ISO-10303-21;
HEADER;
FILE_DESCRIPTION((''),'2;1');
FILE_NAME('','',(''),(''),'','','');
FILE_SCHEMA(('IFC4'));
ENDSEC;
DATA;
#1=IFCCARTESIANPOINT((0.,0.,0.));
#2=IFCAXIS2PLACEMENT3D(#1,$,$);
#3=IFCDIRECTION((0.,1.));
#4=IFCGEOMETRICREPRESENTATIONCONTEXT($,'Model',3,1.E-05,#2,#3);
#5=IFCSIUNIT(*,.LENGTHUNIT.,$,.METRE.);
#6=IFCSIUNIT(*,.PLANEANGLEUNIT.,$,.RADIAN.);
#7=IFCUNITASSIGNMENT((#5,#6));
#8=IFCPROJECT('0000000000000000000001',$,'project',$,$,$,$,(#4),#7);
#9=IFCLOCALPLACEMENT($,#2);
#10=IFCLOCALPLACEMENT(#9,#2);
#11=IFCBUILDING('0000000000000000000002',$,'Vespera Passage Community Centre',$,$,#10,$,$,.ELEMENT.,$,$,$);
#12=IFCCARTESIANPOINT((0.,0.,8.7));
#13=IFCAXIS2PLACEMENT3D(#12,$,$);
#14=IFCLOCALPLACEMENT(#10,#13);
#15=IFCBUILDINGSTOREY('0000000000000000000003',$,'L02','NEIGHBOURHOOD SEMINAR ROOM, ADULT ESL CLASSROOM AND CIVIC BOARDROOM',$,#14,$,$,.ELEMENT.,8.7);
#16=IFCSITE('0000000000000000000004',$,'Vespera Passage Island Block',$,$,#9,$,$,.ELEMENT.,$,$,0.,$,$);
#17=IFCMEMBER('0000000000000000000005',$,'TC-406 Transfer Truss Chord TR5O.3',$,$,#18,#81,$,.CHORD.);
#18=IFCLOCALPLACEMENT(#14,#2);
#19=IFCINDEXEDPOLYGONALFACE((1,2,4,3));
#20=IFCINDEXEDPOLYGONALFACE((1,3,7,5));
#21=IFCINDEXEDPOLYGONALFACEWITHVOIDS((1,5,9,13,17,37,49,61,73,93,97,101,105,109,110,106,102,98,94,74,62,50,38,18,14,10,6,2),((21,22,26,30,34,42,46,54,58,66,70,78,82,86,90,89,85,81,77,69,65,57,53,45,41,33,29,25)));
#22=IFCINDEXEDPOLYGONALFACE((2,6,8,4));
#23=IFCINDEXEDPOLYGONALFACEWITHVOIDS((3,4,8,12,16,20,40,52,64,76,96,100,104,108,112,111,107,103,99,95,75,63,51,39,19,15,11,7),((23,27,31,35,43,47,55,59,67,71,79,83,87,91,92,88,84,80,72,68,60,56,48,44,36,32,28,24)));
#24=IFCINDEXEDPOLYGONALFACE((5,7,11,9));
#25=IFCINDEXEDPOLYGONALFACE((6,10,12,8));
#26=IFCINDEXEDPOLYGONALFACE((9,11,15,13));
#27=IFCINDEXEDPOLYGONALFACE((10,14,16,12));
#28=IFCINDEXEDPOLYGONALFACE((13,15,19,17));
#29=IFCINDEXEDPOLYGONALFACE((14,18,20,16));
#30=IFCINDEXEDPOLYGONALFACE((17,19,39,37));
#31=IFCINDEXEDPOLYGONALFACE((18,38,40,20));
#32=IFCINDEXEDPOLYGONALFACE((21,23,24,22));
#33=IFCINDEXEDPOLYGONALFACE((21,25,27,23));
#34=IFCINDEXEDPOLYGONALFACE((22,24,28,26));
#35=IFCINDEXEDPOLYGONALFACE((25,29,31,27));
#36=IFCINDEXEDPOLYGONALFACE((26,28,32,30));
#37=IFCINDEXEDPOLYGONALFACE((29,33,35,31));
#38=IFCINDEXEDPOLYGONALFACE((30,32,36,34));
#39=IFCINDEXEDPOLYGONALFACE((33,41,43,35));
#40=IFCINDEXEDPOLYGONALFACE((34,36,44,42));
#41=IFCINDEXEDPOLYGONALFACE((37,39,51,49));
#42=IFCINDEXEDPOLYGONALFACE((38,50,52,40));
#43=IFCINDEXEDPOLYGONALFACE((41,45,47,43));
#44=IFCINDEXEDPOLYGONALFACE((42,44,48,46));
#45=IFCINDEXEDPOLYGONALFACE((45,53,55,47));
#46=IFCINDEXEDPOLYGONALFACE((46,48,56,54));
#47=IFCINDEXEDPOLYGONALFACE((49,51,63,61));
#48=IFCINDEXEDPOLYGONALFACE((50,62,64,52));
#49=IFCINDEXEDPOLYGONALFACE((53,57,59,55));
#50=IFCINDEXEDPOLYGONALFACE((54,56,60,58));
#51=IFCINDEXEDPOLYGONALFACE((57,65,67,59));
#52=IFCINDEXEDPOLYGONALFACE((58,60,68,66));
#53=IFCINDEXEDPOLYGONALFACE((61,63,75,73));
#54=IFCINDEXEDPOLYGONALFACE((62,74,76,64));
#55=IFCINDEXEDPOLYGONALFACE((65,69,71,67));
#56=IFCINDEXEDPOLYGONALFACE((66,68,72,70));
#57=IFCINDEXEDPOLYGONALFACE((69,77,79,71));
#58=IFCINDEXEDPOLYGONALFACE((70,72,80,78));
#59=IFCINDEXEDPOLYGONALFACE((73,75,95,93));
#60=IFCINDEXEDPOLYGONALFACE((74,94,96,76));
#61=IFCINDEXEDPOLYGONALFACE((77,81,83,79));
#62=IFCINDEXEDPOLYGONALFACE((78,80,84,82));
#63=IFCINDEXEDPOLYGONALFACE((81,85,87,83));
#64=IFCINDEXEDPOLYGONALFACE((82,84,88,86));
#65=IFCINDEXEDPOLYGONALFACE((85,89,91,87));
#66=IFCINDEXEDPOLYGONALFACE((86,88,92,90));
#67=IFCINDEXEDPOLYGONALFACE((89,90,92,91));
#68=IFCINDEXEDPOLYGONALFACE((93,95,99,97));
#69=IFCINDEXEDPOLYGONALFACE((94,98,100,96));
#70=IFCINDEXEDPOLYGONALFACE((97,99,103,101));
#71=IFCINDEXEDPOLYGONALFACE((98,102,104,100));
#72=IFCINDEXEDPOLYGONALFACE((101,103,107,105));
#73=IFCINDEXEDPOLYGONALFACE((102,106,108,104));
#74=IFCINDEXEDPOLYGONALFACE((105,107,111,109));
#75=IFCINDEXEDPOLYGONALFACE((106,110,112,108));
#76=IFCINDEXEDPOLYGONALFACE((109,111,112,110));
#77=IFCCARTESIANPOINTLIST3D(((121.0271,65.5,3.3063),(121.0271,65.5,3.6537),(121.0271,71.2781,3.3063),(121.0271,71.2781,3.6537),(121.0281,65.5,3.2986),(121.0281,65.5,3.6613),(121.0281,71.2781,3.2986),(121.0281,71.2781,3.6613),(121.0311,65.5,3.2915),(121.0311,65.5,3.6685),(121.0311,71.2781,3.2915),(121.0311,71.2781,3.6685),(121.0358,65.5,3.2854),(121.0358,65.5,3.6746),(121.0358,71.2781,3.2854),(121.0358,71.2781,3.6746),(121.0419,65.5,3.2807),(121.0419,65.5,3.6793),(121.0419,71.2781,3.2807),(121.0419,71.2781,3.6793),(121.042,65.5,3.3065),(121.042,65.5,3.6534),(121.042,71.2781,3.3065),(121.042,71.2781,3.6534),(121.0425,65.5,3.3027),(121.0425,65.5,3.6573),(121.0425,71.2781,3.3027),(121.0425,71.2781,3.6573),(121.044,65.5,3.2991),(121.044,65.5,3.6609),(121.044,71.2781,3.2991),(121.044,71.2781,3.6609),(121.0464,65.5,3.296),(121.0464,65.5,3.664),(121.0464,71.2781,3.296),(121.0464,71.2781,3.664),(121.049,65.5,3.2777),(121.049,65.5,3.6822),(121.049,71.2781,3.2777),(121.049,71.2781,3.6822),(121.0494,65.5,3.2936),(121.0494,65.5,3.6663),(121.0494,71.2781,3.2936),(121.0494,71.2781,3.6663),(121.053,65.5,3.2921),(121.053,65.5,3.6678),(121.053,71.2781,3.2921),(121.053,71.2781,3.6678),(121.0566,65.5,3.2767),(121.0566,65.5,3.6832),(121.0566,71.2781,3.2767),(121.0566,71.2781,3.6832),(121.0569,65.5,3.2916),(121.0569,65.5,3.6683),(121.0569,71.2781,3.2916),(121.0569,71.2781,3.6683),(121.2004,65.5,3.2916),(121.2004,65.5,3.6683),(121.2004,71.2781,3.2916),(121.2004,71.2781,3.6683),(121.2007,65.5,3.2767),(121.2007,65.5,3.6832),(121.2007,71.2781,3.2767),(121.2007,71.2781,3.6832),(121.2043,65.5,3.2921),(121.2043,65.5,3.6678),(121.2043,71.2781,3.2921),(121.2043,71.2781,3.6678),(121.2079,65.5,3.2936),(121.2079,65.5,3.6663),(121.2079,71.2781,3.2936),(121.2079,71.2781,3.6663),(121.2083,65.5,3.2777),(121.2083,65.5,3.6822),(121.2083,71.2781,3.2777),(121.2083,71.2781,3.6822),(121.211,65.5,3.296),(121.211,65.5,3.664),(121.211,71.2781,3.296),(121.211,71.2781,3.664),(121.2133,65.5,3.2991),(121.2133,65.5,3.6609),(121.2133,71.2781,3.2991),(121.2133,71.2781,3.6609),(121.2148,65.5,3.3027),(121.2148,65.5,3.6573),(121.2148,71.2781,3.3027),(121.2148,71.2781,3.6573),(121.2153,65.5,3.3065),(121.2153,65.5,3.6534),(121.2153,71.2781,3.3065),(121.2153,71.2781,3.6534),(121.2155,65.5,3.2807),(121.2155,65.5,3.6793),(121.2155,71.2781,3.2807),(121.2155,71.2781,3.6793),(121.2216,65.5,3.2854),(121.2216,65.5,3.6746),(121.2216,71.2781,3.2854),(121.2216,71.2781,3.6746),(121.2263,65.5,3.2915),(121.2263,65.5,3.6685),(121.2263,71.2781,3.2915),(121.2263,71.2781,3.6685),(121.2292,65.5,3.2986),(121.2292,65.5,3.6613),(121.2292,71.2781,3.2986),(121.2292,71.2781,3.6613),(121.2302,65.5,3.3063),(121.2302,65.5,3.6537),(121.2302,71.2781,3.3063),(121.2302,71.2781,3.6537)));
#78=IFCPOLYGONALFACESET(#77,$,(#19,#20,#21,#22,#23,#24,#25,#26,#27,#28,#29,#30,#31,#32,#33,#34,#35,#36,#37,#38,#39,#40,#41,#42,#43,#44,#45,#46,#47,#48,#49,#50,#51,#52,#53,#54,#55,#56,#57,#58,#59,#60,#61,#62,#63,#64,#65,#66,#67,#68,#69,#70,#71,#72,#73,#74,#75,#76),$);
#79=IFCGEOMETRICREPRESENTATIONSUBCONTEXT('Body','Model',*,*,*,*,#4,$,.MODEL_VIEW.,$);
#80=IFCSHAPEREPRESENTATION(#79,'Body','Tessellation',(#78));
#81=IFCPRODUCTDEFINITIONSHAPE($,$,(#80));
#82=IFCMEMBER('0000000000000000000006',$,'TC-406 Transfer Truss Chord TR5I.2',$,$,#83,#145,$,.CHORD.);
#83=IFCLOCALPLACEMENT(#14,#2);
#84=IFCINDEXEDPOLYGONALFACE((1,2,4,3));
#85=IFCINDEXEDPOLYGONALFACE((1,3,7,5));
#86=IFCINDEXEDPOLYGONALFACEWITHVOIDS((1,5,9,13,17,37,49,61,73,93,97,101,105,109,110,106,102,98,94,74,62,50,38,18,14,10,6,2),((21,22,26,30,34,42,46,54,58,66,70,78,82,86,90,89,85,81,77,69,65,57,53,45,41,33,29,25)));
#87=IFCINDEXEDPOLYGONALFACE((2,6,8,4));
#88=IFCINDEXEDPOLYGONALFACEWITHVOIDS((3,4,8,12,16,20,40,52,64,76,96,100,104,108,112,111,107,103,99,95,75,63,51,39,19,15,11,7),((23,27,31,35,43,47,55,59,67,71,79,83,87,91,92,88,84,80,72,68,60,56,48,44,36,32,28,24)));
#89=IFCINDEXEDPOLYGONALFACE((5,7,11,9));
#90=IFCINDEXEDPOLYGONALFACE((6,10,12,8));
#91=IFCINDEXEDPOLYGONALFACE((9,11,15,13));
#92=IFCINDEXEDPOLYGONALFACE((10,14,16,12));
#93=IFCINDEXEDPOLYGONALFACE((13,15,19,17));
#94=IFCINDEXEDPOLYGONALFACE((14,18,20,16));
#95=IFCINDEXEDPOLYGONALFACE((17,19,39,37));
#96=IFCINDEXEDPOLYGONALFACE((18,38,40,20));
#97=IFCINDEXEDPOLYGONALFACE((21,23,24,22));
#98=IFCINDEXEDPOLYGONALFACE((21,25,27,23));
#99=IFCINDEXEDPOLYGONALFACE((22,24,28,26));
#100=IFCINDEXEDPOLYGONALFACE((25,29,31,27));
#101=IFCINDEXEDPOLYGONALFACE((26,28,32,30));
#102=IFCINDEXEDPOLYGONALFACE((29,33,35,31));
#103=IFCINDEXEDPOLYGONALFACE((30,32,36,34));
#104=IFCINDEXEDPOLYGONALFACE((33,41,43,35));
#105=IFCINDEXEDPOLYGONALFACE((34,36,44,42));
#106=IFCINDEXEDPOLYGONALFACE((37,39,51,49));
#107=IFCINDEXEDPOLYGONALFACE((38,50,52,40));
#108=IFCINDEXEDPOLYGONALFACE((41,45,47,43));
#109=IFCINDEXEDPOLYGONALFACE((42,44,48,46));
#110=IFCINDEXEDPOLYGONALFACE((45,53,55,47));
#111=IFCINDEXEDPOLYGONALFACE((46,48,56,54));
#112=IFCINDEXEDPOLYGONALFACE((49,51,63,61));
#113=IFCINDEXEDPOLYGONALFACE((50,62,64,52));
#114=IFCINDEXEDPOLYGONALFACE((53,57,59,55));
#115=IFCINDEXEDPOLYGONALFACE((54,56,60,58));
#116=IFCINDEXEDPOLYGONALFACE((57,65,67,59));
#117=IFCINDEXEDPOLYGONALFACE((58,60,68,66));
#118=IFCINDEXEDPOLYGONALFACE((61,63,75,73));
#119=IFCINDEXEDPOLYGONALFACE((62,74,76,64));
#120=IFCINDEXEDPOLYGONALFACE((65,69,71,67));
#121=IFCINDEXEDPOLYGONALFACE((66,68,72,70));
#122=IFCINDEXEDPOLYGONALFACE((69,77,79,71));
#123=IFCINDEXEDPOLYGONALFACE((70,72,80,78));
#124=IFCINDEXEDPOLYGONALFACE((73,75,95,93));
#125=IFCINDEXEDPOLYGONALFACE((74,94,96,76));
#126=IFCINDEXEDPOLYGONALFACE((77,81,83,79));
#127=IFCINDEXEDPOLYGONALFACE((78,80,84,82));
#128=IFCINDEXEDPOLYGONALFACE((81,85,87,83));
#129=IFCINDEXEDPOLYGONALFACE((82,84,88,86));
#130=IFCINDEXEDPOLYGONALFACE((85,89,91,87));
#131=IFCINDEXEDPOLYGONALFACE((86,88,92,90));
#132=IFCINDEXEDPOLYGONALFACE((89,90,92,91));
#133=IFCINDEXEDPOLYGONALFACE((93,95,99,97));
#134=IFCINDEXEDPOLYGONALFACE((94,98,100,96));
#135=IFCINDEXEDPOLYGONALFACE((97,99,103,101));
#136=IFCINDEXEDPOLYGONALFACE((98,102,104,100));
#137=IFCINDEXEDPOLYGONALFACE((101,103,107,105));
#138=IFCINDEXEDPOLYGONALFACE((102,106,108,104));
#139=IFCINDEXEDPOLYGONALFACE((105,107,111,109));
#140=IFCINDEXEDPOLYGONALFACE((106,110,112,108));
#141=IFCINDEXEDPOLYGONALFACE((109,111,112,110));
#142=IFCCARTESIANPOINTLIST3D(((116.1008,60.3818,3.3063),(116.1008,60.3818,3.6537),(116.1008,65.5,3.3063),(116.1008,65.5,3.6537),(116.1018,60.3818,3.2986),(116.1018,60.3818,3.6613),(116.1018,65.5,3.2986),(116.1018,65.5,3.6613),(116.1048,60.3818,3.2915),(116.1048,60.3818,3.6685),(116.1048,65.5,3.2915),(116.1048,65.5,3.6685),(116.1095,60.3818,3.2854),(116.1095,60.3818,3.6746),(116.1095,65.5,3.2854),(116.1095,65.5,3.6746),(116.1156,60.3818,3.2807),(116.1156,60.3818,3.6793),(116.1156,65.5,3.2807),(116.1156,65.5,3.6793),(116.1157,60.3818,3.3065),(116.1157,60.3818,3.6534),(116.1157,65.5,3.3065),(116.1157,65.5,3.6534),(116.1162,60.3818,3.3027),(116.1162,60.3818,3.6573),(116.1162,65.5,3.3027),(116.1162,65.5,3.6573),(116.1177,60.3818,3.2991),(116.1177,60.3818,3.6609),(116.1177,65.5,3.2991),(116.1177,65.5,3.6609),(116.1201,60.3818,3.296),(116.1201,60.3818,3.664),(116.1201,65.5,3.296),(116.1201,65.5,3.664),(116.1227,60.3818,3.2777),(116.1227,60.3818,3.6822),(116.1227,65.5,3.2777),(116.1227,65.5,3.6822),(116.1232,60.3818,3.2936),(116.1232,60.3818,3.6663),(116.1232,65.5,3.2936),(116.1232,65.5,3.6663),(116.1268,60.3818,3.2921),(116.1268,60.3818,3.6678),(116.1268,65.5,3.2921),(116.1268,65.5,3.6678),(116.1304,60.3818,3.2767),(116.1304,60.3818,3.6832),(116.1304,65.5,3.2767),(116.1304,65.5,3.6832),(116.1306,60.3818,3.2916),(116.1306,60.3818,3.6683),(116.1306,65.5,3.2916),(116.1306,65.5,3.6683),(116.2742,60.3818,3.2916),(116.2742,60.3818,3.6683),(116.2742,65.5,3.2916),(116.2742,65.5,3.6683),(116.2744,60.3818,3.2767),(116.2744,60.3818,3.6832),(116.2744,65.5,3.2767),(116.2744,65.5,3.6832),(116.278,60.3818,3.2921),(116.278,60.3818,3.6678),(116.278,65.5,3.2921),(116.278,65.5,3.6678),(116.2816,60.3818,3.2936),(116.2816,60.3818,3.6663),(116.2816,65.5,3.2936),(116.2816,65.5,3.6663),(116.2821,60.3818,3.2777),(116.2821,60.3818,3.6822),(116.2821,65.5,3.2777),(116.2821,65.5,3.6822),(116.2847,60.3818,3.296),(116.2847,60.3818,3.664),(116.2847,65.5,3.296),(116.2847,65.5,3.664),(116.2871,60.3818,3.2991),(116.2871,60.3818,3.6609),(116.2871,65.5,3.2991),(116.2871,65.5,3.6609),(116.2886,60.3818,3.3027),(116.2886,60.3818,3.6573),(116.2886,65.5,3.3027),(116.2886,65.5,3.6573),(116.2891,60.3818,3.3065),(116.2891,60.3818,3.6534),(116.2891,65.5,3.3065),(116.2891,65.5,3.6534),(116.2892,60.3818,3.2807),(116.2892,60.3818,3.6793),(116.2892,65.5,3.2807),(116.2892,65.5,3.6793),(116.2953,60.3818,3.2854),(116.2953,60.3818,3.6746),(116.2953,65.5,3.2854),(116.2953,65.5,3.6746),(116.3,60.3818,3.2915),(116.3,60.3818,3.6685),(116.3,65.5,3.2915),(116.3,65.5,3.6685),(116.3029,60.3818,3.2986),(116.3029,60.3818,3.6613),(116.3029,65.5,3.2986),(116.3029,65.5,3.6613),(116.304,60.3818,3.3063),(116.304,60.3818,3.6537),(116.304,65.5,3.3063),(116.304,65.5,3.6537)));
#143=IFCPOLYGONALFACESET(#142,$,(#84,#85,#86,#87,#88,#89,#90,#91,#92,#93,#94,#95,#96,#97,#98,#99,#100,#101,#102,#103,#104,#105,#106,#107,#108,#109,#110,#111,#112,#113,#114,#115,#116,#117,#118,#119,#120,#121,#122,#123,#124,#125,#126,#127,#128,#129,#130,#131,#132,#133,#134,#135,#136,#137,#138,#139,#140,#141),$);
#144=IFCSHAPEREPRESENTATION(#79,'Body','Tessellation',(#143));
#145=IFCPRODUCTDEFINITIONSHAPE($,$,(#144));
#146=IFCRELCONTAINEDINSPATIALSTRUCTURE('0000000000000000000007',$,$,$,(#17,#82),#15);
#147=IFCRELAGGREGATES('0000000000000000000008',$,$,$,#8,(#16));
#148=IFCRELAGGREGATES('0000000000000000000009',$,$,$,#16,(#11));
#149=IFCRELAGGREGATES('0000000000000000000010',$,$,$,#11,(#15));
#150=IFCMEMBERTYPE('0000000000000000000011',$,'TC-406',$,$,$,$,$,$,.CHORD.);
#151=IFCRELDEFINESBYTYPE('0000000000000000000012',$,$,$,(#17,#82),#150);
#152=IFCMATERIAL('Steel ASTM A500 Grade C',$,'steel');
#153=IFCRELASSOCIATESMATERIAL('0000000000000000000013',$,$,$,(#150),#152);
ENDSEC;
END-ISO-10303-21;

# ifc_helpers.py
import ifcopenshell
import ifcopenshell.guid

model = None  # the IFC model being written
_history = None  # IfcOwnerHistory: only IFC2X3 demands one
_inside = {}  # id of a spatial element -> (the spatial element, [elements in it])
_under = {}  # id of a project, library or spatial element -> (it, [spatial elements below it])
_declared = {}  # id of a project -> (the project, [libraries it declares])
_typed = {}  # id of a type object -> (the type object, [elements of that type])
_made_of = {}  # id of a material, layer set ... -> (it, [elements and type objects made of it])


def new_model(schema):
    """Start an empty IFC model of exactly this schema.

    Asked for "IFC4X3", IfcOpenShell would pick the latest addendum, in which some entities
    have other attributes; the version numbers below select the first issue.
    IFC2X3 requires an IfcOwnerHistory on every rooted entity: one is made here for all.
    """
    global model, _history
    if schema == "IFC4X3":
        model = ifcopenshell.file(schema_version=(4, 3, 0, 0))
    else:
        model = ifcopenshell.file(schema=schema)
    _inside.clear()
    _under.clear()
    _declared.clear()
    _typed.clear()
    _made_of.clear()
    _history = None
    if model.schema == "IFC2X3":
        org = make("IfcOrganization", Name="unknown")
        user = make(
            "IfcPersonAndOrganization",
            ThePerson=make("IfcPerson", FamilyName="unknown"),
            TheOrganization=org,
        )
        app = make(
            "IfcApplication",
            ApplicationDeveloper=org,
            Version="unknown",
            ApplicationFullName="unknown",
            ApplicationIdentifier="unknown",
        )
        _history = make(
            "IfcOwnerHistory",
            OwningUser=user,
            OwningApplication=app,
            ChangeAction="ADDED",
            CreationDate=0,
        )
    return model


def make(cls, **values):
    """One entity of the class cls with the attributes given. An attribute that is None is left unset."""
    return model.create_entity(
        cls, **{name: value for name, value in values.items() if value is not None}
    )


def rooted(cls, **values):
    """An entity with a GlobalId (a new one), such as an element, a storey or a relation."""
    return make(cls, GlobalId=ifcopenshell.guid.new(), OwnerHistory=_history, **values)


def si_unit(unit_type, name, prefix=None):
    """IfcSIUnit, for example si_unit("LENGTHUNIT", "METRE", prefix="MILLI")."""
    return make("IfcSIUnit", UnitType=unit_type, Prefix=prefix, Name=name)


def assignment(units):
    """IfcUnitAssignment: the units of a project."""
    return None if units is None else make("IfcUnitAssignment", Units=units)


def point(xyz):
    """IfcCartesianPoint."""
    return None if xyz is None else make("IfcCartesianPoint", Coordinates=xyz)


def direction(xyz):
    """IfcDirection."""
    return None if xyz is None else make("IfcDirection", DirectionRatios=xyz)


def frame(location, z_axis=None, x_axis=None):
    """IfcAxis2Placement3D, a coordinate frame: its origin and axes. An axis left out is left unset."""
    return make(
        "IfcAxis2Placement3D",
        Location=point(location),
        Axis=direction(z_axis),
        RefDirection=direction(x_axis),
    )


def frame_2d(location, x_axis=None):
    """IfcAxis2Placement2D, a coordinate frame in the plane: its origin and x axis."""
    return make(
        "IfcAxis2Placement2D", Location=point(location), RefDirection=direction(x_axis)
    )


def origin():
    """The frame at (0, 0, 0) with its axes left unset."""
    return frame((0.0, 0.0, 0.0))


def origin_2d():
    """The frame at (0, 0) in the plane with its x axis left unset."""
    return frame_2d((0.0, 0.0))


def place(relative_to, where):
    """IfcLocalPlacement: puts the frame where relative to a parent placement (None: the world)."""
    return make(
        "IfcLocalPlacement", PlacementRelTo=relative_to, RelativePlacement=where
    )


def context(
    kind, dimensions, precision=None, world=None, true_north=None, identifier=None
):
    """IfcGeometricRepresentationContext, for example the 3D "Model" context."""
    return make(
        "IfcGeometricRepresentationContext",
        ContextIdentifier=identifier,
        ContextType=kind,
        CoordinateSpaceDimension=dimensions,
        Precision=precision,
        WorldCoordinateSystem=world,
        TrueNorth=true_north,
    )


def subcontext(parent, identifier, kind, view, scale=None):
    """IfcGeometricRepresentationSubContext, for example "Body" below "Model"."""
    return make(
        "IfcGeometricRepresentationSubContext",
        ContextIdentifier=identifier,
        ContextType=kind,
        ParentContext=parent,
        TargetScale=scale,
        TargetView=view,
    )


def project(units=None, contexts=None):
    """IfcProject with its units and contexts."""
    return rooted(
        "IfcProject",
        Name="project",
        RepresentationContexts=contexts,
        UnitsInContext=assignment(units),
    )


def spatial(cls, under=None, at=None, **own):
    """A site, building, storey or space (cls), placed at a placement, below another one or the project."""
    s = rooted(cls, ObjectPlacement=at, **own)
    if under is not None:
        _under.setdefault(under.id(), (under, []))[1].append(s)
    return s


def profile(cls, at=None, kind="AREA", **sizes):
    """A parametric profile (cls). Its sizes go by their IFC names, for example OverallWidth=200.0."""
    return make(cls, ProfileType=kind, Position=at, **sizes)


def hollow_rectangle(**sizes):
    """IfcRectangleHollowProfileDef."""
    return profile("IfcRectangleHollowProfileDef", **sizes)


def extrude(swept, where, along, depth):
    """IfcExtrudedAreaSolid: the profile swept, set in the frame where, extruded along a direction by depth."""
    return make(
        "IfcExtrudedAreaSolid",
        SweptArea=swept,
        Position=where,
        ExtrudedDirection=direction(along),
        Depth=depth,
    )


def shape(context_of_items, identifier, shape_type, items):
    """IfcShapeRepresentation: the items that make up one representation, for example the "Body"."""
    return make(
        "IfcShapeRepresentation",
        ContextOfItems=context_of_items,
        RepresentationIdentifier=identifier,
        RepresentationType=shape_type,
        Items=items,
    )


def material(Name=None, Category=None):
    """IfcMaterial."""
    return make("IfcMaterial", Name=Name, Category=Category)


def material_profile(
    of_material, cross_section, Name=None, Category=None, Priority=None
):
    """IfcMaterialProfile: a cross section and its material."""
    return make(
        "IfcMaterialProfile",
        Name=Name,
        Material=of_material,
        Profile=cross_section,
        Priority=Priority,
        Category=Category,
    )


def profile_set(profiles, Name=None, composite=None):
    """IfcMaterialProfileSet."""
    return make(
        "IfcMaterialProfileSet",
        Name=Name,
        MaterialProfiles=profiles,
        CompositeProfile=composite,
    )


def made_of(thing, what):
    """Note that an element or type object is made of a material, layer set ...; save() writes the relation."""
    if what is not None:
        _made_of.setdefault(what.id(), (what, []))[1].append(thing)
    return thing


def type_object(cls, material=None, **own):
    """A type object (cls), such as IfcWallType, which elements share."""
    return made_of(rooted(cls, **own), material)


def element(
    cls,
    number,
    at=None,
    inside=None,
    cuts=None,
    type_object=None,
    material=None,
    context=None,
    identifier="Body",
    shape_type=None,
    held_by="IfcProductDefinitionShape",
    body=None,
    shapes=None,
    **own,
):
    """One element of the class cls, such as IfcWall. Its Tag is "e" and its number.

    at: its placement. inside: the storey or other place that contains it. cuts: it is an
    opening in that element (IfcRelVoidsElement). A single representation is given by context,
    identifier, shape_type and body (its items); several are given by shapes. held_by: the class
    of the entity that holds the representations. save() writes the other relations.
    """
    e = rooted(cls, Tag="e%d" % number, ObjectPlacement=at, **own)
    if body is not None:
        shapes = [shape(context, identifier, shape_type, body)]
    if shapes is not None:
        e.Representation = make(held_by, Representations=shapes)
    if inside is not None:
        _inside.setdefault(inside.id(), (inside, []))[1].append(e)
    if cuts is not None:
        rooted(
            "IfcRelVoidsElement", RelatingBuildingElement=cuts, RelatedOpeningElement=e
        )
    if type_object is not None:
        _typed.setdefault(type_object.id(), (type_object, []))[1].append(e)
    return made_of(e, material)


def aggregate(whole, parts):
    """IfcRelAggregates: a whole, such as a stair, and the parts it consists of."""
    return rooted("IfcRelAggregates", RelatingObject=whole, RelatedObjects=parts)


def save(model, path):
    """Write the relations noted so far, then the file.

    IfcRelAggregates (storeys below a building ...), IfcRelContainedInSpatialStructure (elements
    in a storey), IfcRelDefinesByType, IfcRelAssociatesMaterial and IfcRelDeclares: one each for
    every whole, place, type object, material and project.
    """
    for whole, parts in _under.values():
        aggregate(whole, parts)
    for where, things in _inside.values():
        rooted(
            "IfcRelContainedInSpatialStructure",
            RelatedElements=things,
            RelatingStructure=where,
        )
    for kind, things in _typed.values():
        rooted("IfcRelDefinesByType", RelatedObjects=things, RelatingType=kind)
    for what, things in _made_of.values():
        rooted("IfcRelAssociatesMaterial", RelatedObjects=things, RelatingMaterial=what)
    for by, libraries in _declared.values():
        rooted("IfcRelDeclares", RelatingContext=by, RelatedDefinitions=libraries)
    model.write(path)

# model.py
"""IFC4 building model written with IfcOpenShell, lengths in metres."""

from ifc_helpers import new_model, si_unit, direction, frame, origin, origin_2d, place, context, subcontext, project, spatial, hollow_rectangle, extrude, material, material_profile, profile_set, type_object, element, save


model = new_model("IFC4")

# Units and contexts
model_context = context("Model", 3, precision=1e-05, world=origin(), true_north=direction((0.0, 1.0)))
body_context = subcontext(model_context, "Body", "Model", "MODEL_VIEW")
ifc_project = project(units=[si_unit("LENGTHUNIT", "METRE"), si_unit("PLANEANGLEUNIT", "RADIAN")], contexts=[model_context])

# Site, building, storey
site_placement = place(None, origin())
site = spatial("IfcSite", under=ifc_project, at=site_placement, Name="Vespera Passage Island Block", CompositionType="ELEMENT", RefElevation=0.0)
building_placement = place(site_placement, origin())
building = spatial("IfcBuilding", under=site, at=building_placement, Name="Vespera Passage Community Centre", CompositionType="ELEMENT")
storey_placement = place(building_placement, frame((0.0, 0.0, 8.7)))
storey = spatial("IfcBuildingStorey", under=building, at=storey_placement, Name="L02", Description="NEIGHBOURHOOD SEMINAR ROOM, ADULT ESL CLASSROOM AND CIVIC BOARDROOM", CompositionType="ELEMENT", Elevation=8.7)

# Members
ifc_material_1 = material(Name="Steel ASTM A500 Grade C", Category="steel")
ifc_material_profile_1 = material_profile(ifc_material_1, hollow_rectangle(XDim=0.2031, YDim=0.4065, WallThickness=0.0149, InnerFilletRadius=0.0149, OuterFilletRadius=0.0295, at=origin_2d()), Name="HSS406X203X15.9")
ifc_profile_set_1 = profile_set([ifc_material_profile_1], Name="Steel ASTM A500 Grade C")
member_type_1 = type_object("IfcMemberType", Name="TC-406", PredefinedType="CHORD", material=ifc_profile_set_1)
member_1_placement = place(storey_placement, frame((121.1287, 65.5, 3.48), z_axis=(0.0, 1.0, 0.0), x_axis=(-1.0, 0.0, 0.0)))
element("IfcMember", 1, at=member_1_placement, inside=storey, type_object=member_type_1, Name="TC-406 Transfer Truss Chord TR5O.3", PredefinedType="CHORD", context=body_context, shape_type="SweptSolid", body=[
    extrude(hollow_rectangle(XDim=0.2031, YDim=0.4065, WallThickness=0.0149, InnerFilletRadius=0.0149, OuterFilletRadius=0.0295, at=origin_2d()), origin(), (0.0, 0.0, 1.0), 5.7781),
])
for number, where, z_axis, x_axis, name in (
    (2, (116.2024, 60.3818, 3.48), (0.0, 1.0, 0.0), (-1.0, 0.0, 0.0), "TC-406 Transfer Truss Chord TR5I.2"),
):
    element("IfcMember", number, at=place(storey_placement, frame(where, z_axis=z_axis, x_axis=x_axis)), inside=storey, type_object=member_type_1, Name=name, PredefinedType="CHORD", context=body_context, shape_type="SweptSolid", body=[
        extrude(hollow_rectangle(XDim=0.2031, YDim=0.4065, WallThickness=0.0149, InnerFilletRadius=0.0149, OuterFilletRadius=0.0295, at=origin_2d()), origin(), (0.0, 0.0, 1.0), 5.1182),
    ])

save(model, "model.ifc")
